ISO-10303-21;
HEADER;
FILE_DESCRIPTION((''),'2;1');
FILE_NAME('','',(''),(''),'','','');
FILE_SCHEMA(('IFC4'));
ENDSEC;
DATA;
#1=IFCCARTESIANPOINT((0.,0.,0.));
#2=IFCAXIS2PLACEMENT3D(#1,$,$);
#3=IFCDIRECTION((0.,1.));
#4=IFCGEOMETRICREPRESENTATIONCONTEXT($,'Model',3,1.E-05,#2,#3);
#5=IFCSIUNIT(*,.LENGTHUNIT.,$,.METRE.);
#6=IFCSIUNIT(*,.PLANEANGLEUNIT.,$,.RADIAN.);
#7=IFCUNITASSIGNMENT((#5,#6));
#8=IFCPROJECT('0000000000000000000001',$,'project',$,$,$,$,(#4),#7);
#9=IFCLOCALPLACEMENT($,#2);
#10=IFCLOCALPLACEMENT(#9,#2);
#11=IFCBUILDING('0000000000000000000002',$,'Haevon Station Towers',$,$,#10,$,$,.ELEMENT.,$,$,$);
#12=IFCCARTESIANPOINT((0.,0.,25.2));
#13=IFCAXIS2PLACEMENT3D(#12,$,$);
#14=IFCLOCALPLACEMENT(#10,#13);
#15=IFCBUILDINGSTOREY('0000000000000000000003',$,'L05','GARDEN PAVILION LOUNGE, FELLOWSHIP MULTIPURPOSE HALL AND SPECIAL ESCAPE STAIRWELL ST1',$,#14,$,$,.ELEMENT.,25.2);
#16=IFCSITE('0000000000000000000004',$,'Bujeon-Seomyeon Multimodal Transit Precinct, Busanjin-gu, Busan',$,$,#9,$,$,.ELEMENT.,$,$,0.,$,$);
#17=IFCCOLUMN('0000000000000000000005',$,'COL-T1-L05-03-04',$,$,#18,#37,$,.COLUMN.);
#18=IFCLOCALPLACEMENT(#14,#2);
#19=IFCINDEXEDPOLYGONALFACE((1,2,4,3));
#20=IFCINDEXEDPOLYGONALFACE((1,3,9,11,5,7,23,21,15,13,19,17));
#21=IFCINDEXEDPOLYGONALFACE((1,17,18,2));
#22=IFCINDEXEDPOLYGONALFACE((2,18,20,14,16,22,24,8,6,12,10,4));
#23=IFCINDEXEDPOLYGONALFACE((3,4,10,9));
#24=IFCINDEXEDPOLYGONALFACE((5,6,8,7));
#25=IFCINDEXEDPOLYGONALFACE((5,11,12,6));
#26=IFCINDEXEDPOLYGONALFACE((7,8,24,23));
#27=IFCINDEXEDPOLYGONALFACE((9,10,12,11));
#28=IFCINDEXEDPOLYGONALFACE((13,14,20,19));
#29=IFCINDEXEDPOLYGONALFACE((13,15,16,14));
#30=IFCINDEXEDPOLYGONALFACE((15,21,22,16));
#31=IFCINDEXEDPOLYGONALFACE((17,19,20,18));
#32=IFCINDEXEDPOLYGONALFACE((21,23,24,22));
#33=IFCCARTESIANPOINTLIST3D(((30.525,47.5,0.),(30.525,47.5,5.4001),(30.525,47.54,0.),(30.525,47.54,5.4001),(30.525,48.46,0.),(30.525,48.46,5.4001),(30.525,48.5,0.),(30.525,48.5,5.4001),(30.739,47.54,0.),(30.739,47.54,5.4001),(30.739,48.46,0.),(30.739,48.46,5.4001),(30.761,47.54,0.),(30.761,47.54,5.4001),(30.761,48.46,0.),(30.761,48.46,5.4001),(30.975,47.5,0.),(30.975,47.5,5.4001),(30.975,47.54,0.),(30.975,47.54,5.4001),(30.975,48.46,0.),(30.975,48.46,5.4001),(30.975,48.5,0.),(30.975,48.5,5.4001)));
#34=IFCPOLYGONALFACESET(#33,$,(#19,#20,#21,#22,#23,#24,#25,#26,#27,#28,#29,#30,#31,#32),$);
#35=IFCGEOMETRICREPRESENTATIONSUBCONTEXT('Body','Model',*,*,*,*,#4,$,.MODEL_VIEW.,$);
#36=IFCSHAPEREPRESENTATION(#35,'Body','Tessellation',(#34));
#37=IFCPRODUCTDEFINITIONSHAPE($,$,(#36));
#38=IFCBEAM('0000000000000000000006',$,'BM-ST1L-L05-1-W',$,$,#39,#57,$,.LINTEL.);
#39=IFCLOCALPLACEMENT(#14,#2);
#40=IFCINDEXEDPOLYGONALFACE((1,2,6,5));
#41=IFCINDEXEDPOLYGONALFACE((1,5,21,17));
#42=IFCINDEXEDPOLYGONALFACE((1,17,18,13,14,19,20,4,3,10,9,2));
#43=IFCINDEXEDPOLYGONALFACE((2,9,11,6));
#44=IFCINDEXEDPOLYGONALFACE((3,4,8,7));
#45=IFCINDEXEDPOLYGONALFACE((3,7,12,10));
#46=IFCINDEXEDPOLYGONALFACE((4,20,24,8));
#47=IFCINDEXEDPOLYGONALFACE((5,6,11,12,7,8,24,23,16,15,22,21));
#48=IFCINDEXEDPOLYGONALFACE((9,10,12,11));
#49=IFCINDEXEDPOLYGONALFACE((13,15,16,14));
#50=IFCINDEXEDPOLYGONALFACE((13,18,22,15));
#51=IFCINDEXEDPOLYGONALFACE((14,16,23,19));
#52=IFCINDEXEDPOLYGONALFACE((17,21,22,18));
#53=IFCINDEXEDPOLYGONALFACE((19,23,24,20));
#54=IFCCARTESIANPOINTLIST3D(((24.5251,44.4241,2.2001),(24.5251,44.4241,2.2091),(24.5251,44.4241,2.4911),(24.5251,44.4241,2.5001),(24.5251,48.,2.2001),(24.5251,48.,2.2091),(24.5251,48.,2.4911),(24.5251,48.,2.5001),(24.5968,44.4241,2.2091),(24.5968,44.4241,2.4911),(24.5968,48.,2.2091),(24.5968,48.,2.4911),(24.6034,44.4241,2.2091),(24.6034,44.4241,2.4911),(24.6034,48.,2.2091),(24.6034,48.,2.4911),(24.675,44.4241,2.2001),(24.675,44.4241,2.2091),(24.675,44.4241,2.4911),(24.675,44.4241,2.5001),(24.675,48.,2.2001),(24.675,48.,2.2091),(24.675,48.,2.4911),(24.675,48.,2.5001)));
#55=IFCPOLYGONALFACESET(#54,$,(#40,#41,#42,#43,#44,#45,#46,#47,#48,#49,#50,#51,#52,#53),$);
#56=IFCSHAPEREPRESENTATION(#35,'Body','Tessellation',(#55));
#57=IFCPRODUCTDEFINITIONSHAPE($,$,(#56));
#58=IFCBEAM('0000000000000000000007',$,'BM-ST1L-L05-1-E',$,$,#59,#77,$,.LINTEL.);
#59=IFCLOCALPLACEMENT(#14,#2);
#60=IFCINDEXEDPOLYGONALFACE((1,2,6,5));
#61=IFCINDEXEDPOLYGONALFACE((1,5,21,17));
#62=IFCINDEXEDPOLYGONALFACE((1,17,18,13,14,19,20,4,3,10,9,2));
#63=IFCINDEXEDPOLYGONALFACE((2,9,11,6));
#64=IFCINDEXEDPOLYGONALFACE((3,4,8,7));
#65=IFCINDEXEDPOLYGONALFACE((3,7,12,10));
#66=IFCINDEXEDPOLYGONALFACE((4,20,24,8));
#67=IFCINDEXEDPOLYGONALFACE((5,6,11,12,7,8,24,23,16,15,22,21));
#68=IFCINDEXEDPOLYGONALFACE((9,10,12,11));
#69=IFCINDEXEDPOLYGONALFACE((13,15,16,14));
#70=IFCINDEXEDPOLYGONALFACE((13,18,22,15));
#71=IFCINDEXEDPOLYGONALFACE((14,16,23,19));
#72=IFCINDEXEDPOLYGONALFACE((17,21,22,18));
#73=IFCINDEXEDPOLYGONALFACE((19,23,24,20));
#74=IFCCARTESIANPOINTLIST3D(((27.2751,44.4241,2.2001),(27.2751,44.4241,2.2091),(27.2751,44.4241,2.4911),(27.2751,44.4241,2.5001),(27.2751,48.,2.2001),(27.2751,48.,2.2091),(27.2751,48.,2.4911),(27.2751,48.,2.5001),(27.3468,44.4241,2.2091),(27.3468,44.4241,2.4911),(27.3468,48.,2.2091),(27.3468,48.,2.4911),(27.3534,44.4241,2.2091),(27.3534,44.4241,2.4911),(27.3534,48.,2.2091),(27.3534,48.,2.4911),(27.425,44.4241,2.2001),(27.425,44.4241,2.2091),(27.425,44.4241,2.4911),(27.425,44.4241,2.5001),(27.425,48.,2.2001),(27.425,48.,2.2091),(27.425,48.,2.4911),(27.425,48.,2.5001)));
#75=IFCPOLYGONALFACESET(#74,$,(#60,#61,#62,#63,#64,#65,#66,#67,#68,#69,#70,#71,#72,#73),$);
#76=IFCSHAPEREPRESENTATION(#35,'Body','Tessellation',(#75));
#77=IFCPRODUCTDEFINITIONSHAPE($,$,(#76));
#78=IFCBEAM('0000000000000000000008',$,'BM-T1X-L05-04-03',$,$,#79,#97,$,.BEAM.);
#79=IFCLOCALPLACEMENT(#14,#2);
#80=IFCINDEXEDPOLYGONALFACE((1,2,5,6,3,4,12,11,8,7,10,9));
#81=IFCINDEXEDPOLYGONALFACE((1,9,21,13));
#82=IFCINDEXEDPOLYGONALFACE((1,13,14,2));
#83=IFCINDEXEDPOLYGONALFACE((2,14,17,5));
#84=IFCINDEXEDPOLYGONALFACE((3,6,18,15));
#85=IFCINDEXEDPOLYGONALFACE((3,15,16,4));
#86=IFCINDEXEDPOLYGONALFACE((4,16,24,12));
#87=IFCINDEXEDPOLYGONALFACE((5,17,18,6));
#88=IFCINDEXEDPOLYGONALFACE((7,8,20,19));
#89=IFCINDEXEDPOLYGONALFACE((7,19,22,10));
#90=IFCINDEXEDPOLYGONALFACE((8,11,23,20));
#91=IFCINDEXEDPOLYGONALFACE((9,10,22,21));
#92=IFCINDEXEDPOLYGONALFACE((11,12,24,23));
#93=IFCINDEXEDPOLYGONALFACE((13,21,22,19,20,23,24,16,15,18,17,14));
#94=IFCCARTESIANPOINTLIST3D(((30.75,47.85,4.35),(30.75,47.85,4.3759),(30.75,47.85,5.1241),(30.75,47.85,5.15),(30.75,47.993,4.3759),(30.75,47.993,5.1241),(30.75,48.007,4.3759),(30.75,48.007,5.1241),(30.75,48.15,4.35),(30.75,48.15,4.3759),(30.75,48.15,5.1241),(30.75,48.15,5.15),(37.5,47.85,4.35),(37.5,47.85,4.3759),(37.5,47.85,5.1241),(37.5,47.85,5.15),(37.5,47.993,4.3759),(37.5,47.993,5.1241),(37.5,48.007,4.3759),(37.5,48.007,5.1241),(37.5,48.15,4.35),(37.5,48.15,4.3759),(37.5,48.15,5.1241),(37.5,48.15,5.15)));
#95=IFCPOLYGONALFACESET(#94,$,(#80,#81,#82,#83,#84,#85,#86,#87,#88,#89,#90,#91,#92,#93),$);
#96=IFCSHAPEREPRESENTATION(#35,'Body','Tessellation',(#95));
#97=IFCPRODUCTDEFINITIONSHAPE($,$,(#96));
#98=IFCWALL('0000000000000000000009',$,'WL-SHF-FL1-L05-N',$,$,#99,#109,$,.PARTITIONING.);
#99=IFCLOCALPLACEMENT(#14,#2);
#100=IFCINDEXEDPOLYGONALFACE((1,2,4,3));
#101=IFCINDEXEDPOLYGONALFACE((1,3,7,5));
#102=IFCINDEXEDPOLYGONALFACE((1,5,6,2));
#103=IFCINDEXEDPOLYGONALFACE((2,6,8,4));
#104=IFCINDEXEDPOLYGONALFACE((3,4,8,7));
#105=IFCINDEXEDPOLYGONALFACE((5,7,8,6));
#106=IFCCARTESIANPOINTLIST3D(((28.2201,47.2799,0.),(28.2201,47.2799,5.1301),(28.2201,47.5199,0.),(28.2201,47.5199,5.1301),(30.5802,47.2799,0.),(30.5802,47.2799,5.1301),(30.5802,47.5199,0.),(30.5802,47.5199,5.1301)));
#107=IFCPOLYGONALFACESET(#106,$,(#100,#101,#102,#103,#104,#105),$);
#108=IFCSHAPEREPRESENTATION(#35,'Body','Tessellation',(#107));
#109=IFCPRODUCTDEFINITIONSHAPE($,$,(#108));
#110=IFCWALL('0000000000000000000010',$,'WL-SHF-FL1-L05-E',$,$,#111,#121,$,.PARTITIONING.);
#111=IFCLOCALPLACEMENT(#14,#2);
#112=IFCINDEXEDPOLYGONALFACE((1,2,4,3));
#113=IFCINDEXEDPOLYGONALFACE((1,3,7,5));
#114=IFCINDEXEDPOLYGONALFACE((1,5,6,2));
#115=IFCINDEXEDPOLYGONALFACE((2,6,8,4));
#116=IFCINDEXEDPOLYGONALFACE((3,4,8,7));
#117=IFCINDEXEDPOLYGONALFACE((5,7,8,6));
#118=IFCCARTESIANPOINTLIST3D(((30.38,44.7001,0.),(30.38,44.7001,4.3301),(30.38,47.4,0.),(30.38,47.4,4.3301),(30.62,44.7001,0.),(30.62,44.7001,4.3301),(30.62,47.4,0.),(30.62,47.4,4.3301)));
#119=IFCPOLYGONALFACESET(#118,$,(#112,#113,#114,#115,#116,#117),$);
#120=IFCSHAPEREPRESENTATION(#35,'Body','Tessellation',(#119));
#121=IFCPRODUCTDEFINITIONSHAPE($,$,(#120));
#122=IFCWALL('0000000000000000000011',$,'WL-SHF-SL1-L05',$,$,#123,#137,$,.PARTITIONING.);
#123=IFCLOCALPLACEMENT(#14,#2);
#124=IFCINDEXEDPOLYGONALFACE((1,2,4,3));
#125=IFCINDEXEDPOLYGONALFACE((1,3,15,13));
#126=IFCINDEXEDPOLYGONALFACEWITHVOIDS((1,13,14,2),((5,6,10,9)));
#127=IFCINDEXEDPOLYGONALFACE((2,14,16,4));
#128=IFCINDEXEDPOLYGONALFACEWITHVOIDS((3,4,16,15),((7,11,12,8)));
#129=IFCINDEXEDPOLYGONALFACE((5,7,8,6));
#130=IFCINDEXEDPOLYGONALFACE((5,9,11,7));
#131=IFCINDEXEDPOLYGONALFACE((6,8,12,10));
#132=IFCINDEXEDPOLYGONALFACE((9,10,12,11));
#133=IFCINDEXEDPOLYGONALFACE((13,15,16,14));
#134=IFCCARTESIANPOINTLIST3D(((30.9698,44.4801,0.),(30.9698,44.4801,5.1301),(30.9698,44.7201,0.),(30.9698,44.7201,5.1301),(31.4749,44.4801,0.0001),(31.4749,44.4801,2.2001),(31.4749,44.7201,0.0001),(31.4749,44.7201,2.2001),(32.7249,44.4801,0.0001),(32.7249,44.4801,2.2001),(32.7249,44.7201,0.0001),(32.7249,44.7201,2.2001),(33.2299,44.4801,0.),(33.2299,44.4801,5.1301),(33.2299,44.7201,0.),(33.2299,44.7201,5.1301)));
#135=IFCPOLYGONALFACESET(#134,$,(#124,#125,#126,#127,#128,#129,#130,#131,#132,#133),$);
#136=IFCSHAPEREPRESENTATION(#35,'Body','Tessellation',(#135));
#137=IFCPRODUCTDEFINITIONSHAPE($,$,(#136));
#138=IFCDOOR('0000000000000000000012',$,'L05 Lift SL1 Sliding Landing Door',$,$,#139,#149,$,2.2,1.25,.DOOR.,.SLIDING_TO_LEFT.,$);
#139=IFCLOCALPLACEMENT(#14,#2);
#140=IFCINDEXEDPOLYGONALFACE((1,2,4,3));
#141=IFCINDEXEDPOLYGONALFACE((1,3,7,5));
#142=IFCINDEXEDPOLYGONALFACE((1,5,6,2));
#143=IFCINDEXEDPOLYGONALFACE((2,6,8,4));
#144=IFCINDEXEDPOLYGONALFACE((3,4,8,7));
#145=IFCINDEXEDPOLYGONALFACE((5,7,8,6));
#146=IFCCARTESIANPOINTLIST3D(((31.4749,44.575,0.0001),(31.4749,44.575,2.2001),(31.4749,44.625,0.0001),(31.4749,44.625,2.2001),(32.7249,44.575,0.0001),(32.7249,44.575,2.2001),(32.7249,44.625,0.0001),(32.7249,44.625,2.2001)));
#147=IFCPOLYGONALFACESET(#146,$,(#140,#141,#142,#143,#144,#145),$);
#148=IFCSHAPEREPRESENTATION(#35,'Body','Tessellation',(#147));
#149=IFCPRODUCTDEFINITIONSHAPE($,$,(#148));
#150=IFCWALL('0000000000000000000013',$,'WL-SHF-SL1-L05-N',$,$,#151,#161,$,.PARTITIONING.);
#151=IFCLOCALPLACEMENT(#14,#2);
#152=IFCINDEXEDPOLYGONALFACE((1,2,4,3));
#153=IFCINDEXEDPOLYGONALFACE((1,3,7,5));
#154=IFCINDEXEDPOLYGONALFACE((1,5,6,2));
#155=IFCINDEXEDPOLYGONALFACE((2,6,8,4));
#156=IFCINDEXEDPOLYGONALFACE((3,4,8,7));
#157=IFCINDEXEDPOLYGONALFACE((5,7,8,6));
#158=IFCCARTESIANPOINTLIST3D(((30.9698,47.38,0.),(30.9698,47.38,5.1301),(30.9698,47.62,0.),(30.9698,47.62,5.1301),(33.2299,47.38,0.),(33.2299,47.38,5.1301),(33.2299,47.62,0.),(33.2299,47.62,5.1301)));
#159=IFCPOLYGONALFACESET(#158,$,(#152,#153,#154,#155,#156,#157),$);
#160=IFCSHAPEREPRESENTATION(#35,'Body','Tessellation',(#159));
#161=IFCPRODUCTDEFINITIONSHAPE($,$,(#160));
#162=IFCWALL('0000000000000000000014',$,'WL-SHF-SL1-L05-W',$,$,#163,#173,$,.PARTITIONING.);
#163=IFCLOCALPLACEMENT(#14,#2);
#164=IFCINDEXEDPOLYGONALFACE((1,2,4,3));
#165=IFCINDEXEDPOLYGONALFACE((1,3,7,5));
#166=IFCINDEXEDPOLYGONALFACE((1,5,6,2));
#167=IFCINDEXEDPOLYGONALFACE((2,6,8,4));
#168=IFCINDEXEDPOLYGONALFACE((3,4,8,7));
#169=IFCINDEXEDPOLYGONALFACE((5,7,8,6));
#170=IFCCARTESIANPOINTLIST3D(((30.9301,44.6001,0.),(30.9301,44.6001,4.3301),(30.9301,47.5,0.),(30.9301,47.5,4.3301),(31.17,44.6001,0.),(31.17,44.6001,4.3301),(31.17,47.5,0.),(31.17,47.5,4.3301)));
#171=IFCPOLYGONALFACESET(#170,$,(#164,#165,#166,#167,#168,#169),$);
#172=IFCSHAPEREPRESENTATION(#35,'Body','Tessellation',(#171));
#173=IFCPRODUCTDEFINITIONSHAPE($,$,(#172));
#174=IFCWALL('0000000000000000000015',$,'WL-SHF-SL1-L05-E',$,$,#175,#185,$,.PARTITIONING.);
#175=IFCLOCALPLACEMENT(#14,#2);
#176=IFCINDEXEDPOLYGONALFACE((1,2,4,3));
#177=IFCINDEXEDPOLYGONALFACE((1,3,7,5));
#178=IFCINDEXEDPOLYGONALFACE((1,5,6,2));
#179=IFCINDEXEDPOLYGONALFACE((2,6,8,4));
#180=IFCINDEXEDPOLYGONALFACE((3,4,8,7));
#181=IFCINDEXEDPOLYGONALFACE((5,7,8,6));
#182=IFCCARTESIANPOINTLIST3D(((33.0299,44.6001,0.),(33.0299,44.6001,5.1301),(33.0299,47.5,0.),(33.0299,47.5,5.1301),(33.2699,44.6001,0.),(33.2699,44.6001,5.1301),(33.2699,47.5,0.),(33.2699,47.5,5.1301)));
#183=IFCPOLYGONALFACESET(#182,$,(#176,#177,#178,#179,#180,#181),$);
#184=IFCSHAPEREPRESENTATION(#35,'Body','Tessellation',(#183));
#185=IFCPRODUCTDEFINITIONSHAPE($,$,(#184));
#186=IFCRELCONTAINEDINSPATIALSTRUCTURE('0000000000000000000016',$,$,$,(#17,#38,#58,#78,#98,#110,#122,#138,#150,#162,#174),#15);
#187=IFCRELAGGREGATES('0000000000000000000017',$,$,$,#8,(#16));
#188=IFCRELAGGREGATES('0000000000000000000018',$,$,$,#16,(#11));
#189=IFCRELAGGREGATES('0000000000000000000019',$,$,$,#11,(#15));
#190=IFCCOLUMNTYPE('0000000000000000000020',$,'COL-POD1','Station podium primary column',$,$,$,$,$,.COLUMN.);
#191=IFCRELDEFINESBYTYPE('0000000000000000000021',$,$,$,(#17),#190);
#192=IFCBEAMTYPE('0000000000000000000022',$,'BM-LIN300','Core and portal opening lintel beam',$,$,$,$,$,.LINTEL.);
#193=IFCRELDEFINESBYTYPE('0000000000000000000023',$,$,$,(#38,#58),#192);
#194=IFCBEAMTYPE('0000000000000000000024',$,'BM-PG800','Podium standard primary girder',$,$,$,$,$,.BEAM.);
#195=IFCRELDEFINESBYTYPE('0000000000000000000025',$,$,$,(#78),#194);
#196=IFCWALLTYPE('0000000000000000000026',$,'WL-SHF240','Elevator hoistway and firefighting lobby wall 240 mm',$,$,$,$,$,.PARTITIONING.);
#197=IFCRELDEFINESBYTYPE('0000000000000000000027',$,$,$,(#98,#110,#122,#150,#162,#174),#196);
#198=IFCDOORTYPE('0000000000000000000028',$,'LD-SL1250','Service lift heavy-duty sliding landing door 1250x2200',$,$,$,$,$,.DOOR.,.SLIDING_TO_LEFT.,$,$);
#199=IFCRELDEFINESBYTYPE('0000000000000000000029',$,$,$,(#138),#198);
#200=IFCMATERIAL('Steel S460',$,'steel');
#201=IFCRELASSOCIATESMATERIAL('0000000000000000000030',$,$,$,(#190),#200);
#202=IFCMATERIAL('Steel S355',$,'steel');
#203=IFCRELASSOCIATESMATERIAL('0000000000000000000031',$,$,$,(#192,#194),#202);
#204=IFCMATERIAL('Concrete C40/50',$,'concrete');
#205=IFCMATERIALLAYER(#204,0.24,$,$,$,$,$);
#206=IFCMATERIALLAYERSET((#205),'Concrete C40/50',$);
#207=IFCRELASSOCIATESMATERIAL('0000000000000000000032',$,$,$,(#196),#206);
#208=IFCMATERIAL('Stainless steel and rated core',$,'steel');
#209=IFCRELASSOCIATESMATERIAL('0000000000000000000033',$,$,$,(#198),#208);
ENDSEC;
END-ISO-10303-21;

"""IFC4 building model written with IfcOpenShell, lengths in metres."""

from ifc_helpers import new_model, si_unit, direction, frame, frame_2d, origin, origin_2d, place, context, subcontext, project, spatial, rectangle, i_section, extrude, material, layer, layer_set, material_profile, profile_set, type_object, element, fill, save


model = new_model("IFC4")

# Units and contexts
model_context = context("Model", 3, precision=1e-05, world=origin(), true_north=direction((0.0, 1.0)))
body_context = subcontext(model_context, "Body", "Model", "MODEL_VIEW")
ifc_project = project(units=[si_unit("LENGTHUNIT", "METRE"), si_unit("PLANEANGLEUNIT", "RADIAN")], contexts=[model_context])

# Site, building, storey
site_placement = place(None, origin())
site = spatial("IfcSite", under=ifc_project, at=site_placement, Name="Bujeon-Seomyeon Multimodal Transit Precinct, Busanjin-gu, Busan", CompositionType="ELEMENT", RefElevation=0.0)
building_placement = place(site_placement, origin())
building = spatial("IfcBuilding", under=site, at=building_placement, Name="Haevon Station Towers", CompositionType="ELEMENT")
storey_placement = place(building_placement, frame((0.0, 0.0, 25.2)))
storey = spatial("IfcBuildingStorey", under=building, at=storey_placement, Name="L05", Description="GARDEN PAVILION LOUNGE, FELLOWSHIP MULTIPURPOSE HALL AND SPECIAL ESCAPE STAIRWELL ST1", CompositionType="ELEMENT", Elevation=25.2)

# Column
ifc_material_1 = material(Name="Steel S460", Category="steel")
ifc_material_profile_1 = material_profile(ifc_material_1, i_section(OverallWidth=0.45, OverallDepth=1.0, WebThickness=0.022, FlangeThickness=0.04, at=origin_2d()), Name="H-1000x450x22x40")
ifc_profile_set_1 = profile_set([ifc_material_profile_1], Name="Steel S460")
column_type = type_object("IfcColumnType", Name="COL-POD1", Description="Station podium primary column", PredefinedType="COLUMN", material=ifc_profile_set_1)
column_placement = place(storey_placement, frame((30.75, 48.0, 0.0), z_axis=(0.0, 0.0, 1.0), x_axis=(1.0, 0.0, 0.0)))
element("IfcColumn", 1, at=column_placement, inside=storey, type_object=column_type, Name="COL-T1-L05-03-04", PredefinedType="COLUMN", context=body_context, shape_type="SweptSolid", body=[
    extrude(i_section(OverallWidth=0.45, OverallDepth=1.0, WebThickness=0.022, FlangeThickness=0.04, at=origin_2d()), origin(), (0.0, 0.0, 1.0), 5.4001),
])

# Beams
ifc_material_2 = material(Name="Steel S355", Category="steel")
ifc_material_profile_2 = material_profile(ifc_material_2, i_section(OverallWidth=0.1499, OverallDepth=0.3, WebThickness=0.0066, FlangeThickness=0.009, at=origin_2d()), Name="H-300x150x6.5x9")
ifc_profile_set_2 = profile_set([ifc_material_profile_2], Name="Steel S355")
beam_type_1 = type_object("IfcBeamType", Name="BM-LIN300", Description="Core and portal opening lintel beam", PredefinedType="LINTEL", material=ifc_profile_set_2)
for number, where, z_axis, x_axis, name in (
    (2, (24.6001, 44.4241, 2.3501), (0.0, 1.0, 0.0), (-1.0, 0.0, 0.0), "BM-ST1L-L05-1-W"),
    (3, (27.3501, 44.4241, 2.3501), (0.0, 1.0, 0.0), (-1.0, 0.0, 0.0), "BM-ST1L-L05-1-E"),
):
    element("IfcBeam", number, at=place(storey_placement, frame(where, z_axis=z_axis, x_axis=x_axis)), inside=storey, type_object=beam_type_1, Name=name, PredefinedType="LINTEL", context=body_context, shape_type="SweptSolid", body=[
        extrude(i_section(OverallWidth=0.1499, OverallDepth=0.3, WebThickness=0.0066, FlangeThickness=0.009, at=origin_2d()), origin(), (0.0, 0.0, 1.0), 3.5759),
    ])
ifc_material_profile_3 = material_profile(ifc_material_2, i_section(OverallWidth=0.3, OverallDepth=0.8, WebThickness=0.0139, FlangeThickness=0.0259, at=origin_2d()), Name="H-800x300x14x26")
ifc_profile_set_3 = profile_set([ifc_material_profile_3], Name="Steel S355")
beam_type_2 = type_object("IfcBeamType", Name="BM-PG800", Description="Podium standard primary girder", PredefinedType="BEAM", material=ifc_profile_set_3)
beam_placement = place(storey_placement, frame((30.75, 48.0, 4.75), z_axis=(1.0, 0.0, 0.0), x_axis=(0.0, 1.0, 0.0)))
element("IfcBeam", 4, at=beam_placement, inside=storey, type_object=beam_type_2, Name="BM-T1X-L05-04-03", PredefinedType="BEAM", context=body_context, shape_type="SweptSolid", body=[
    extrude(i_section(OverallWidth=0.3, OverallDepth=0.8, WebThickness=0.0139, FlangeThickness=0.0259, at=origin_2d()), origin(), (0.0, 0.0, 1.0), 6.75),
])

# Shared definitions
ifc_material_3 = material(Name="Concrete C40/50", Category="concrete")
ifc_layer = layer(ifc_material_3, 0.24)
ifc_layer_set = layer_set([ifc_layer], Name="Concrete C40/50")
wall_type = type_object("IfcWallType", Name="WL-SHF240", Description="Elevator hoistway and firefighting lobby wall 240 mm", PredefinedType="PARTITIONING", material=ifc_layer_set)
ifc_material_4 = material(Name="Stainless steel and rated core", Category="steel")

# Walls
wall_1_placement = place(storey_placement, frame((28.22, 47.3999, 0.0), z_axis=(0.0, 0.0, 1.0), x_axis=(1.0, 0.0, 0.0)))
element("IfcWall", 5, at=wall_1_placement, inside=storey, type_object=wall_type, Name="WL-SHF-FL1-L05-N", PredefinedType="PARTITIONING", context=body_context, shape_type="SweptSolid", body=[
    extrude(rectangle(XDim=2.3601, YDim=0.24, at=frame_2d((1.1802, 0.0))), origin(), (0.0, 0.0, 1.0), 5.1301),
])
wall_2_placement = place(storey_placement, frame((30.5, 44.7, 0.0), z_axis=(0.0, 0.0, 1.0), x_axis=(0.0, 1.0, 0.0)))
element("IfcWall", 6, at=wall_2_placement, inside=storey, type_object=wall_type, Name="WL-SHF-FL1-L05-E", PredefinedType="PARTITIONING", context=body_context, shape_type="SweptSolid", body=[
    extrude(rectangle(XDim=2.7, YDim=0.24, at=frame_2d((1.3501, 0.0))), origin(), (0.0, 0.0, 1.0), 4.3301),
])

# Wall, opening, door
wall_3_placement = place(storey_placement, frame((30.97, 44.6001, 0.0), z_axis=(0.0, 0.0, 1.0), x_axis=(1.0, 0.0, 0.0)))
wall_3 = element("IfcWall", 7, at=wall_3_placement, inside=storey, type_object=wall_type, Name="WL-SHF-SL1-L05", PredefinedType="PARTITIONING", context=body_context, shape_type="SweptSolid", body=[
    extrude(rectangle(XDim=2.26, YDim=0.24, at=frame_2d((1.1299, 0.0))), origin(), (0.0, 0.0, 1.0), 5.1301),
])
opening_1_placement = place(wall_3_placement, frame((0.5049, 0.0, 0.0)))
opening_1 = element("IfcOpeningElement", 8, at=opening_1_placement, cuts=wall_3, PredefinedType="OPENING", context=body_context, shape_type="SweptSolid", body=[
    extrude(rectangle(XDim=1.25, YDim=2.2, at=frame_2d((0.625, 1.1001))), frame((0.0, 0.1299, 0.0), z_axis=(0.0, -1.0, 0.0), x_axis=(1.0, 0.0, 0.0)), (0.0, 0.0, 1.0), 0.26),
])
door_type_1 = type_object("IfcDoorType", Name="LD-SL1250", Description="Service lift heavy-duty sliding landing door 1250x2200", OperationType="SLIDING_TO_LEFT", PredefinedType="DOOR", material=ifc_material_4)
door_1_placement = place(opening_1_placement, origin())
door_1 = element("IfcDoor", 9, at=door_1_placement, inside=storey, type_object=door_type_1, Name="L05 Lift SL1 Sliding Landing Door", OperationType="SLIDING_TO_LEFT", OverallHeight=2.2, OverallWidth=1.25, PredefinedType="DOOR", context=body_context, shape_type="SweptSolid", body=[
    extrude(rectangle(XDim=1.25, YDim=2.2, at=frame_2d((0.625, 1.1001))), frame((0.0, 0.0249, 0.0), z_axis=(0.0, -1.0, 0.0), x_axis=(1.0, 0.0, 0.0)), (0.0, 0.0, 1.0), 0.05),
])
fill(opening_1, door_1)

# Walls
wall_4_placement = place(storey_placement, frame((30.97, 47.5, 0.0), z_axis=(0.0, 0.0, 1.0), x_axis=(1.0, 0.0, 0.0)))
element("IfcWall", 10, at=wall_4_placement, inside=storey, type_object=wall_type, Name="WL-SHF-SL1-L05-N", PredefinedType="PARTITIONING", context=body_context, shape_type="SweptSolid", body=[
    extrude(rectangle(XDim=2.26, YDim=0.24, at=frame_2d((1.1299, 0.0))), origin(), (0.0, 0.0, 1.0), 5.1301),
])
wall_5_placement = place(storey_placement, frame((31.05, 44.6001, 0.0), z_axis=(0.0, 0.0, 1.0), x_axis=(0.0, 1.0, 0.0)))
element("IfcWall", 11, at=wall_5_placement, inside=storey, type_object=wall_type, Name="WL-SHF-SL1-L05-W", PredefinedType="PARTITIONING", context=body_context, shape_type="SweptSolid", body=[
    extrude(rectangle(XDim=2.8999, YDim=0.24, at=frame_2d((1.45, 0.0))), origin(), (0.0, 0.0, 1.0), 4.3301),
])
wall_6_placement = place(storey_placement, frame((33.1499, 44.6001, 0.0), z_axis=(0.0, 0.0, 1.0), x_axis=(0.0, 1.0, 0.0)))
element("IfcWall", 12, at=wall_6_placement, inside=storey, type_object=wall_type, Name="WL-SHF-SL1-L05-E", PredefinedType="PARTITIONING", context=body_context, shape_type="SweptSolid", body=[
    extrude(rectangle(XDim=2.8999, YDim=0.24, at=frame_2d((1.45, 0.0))), origin(), (0.0, 0.0, 1.0), 5.1301),
])

save(model, "model.ifc")
